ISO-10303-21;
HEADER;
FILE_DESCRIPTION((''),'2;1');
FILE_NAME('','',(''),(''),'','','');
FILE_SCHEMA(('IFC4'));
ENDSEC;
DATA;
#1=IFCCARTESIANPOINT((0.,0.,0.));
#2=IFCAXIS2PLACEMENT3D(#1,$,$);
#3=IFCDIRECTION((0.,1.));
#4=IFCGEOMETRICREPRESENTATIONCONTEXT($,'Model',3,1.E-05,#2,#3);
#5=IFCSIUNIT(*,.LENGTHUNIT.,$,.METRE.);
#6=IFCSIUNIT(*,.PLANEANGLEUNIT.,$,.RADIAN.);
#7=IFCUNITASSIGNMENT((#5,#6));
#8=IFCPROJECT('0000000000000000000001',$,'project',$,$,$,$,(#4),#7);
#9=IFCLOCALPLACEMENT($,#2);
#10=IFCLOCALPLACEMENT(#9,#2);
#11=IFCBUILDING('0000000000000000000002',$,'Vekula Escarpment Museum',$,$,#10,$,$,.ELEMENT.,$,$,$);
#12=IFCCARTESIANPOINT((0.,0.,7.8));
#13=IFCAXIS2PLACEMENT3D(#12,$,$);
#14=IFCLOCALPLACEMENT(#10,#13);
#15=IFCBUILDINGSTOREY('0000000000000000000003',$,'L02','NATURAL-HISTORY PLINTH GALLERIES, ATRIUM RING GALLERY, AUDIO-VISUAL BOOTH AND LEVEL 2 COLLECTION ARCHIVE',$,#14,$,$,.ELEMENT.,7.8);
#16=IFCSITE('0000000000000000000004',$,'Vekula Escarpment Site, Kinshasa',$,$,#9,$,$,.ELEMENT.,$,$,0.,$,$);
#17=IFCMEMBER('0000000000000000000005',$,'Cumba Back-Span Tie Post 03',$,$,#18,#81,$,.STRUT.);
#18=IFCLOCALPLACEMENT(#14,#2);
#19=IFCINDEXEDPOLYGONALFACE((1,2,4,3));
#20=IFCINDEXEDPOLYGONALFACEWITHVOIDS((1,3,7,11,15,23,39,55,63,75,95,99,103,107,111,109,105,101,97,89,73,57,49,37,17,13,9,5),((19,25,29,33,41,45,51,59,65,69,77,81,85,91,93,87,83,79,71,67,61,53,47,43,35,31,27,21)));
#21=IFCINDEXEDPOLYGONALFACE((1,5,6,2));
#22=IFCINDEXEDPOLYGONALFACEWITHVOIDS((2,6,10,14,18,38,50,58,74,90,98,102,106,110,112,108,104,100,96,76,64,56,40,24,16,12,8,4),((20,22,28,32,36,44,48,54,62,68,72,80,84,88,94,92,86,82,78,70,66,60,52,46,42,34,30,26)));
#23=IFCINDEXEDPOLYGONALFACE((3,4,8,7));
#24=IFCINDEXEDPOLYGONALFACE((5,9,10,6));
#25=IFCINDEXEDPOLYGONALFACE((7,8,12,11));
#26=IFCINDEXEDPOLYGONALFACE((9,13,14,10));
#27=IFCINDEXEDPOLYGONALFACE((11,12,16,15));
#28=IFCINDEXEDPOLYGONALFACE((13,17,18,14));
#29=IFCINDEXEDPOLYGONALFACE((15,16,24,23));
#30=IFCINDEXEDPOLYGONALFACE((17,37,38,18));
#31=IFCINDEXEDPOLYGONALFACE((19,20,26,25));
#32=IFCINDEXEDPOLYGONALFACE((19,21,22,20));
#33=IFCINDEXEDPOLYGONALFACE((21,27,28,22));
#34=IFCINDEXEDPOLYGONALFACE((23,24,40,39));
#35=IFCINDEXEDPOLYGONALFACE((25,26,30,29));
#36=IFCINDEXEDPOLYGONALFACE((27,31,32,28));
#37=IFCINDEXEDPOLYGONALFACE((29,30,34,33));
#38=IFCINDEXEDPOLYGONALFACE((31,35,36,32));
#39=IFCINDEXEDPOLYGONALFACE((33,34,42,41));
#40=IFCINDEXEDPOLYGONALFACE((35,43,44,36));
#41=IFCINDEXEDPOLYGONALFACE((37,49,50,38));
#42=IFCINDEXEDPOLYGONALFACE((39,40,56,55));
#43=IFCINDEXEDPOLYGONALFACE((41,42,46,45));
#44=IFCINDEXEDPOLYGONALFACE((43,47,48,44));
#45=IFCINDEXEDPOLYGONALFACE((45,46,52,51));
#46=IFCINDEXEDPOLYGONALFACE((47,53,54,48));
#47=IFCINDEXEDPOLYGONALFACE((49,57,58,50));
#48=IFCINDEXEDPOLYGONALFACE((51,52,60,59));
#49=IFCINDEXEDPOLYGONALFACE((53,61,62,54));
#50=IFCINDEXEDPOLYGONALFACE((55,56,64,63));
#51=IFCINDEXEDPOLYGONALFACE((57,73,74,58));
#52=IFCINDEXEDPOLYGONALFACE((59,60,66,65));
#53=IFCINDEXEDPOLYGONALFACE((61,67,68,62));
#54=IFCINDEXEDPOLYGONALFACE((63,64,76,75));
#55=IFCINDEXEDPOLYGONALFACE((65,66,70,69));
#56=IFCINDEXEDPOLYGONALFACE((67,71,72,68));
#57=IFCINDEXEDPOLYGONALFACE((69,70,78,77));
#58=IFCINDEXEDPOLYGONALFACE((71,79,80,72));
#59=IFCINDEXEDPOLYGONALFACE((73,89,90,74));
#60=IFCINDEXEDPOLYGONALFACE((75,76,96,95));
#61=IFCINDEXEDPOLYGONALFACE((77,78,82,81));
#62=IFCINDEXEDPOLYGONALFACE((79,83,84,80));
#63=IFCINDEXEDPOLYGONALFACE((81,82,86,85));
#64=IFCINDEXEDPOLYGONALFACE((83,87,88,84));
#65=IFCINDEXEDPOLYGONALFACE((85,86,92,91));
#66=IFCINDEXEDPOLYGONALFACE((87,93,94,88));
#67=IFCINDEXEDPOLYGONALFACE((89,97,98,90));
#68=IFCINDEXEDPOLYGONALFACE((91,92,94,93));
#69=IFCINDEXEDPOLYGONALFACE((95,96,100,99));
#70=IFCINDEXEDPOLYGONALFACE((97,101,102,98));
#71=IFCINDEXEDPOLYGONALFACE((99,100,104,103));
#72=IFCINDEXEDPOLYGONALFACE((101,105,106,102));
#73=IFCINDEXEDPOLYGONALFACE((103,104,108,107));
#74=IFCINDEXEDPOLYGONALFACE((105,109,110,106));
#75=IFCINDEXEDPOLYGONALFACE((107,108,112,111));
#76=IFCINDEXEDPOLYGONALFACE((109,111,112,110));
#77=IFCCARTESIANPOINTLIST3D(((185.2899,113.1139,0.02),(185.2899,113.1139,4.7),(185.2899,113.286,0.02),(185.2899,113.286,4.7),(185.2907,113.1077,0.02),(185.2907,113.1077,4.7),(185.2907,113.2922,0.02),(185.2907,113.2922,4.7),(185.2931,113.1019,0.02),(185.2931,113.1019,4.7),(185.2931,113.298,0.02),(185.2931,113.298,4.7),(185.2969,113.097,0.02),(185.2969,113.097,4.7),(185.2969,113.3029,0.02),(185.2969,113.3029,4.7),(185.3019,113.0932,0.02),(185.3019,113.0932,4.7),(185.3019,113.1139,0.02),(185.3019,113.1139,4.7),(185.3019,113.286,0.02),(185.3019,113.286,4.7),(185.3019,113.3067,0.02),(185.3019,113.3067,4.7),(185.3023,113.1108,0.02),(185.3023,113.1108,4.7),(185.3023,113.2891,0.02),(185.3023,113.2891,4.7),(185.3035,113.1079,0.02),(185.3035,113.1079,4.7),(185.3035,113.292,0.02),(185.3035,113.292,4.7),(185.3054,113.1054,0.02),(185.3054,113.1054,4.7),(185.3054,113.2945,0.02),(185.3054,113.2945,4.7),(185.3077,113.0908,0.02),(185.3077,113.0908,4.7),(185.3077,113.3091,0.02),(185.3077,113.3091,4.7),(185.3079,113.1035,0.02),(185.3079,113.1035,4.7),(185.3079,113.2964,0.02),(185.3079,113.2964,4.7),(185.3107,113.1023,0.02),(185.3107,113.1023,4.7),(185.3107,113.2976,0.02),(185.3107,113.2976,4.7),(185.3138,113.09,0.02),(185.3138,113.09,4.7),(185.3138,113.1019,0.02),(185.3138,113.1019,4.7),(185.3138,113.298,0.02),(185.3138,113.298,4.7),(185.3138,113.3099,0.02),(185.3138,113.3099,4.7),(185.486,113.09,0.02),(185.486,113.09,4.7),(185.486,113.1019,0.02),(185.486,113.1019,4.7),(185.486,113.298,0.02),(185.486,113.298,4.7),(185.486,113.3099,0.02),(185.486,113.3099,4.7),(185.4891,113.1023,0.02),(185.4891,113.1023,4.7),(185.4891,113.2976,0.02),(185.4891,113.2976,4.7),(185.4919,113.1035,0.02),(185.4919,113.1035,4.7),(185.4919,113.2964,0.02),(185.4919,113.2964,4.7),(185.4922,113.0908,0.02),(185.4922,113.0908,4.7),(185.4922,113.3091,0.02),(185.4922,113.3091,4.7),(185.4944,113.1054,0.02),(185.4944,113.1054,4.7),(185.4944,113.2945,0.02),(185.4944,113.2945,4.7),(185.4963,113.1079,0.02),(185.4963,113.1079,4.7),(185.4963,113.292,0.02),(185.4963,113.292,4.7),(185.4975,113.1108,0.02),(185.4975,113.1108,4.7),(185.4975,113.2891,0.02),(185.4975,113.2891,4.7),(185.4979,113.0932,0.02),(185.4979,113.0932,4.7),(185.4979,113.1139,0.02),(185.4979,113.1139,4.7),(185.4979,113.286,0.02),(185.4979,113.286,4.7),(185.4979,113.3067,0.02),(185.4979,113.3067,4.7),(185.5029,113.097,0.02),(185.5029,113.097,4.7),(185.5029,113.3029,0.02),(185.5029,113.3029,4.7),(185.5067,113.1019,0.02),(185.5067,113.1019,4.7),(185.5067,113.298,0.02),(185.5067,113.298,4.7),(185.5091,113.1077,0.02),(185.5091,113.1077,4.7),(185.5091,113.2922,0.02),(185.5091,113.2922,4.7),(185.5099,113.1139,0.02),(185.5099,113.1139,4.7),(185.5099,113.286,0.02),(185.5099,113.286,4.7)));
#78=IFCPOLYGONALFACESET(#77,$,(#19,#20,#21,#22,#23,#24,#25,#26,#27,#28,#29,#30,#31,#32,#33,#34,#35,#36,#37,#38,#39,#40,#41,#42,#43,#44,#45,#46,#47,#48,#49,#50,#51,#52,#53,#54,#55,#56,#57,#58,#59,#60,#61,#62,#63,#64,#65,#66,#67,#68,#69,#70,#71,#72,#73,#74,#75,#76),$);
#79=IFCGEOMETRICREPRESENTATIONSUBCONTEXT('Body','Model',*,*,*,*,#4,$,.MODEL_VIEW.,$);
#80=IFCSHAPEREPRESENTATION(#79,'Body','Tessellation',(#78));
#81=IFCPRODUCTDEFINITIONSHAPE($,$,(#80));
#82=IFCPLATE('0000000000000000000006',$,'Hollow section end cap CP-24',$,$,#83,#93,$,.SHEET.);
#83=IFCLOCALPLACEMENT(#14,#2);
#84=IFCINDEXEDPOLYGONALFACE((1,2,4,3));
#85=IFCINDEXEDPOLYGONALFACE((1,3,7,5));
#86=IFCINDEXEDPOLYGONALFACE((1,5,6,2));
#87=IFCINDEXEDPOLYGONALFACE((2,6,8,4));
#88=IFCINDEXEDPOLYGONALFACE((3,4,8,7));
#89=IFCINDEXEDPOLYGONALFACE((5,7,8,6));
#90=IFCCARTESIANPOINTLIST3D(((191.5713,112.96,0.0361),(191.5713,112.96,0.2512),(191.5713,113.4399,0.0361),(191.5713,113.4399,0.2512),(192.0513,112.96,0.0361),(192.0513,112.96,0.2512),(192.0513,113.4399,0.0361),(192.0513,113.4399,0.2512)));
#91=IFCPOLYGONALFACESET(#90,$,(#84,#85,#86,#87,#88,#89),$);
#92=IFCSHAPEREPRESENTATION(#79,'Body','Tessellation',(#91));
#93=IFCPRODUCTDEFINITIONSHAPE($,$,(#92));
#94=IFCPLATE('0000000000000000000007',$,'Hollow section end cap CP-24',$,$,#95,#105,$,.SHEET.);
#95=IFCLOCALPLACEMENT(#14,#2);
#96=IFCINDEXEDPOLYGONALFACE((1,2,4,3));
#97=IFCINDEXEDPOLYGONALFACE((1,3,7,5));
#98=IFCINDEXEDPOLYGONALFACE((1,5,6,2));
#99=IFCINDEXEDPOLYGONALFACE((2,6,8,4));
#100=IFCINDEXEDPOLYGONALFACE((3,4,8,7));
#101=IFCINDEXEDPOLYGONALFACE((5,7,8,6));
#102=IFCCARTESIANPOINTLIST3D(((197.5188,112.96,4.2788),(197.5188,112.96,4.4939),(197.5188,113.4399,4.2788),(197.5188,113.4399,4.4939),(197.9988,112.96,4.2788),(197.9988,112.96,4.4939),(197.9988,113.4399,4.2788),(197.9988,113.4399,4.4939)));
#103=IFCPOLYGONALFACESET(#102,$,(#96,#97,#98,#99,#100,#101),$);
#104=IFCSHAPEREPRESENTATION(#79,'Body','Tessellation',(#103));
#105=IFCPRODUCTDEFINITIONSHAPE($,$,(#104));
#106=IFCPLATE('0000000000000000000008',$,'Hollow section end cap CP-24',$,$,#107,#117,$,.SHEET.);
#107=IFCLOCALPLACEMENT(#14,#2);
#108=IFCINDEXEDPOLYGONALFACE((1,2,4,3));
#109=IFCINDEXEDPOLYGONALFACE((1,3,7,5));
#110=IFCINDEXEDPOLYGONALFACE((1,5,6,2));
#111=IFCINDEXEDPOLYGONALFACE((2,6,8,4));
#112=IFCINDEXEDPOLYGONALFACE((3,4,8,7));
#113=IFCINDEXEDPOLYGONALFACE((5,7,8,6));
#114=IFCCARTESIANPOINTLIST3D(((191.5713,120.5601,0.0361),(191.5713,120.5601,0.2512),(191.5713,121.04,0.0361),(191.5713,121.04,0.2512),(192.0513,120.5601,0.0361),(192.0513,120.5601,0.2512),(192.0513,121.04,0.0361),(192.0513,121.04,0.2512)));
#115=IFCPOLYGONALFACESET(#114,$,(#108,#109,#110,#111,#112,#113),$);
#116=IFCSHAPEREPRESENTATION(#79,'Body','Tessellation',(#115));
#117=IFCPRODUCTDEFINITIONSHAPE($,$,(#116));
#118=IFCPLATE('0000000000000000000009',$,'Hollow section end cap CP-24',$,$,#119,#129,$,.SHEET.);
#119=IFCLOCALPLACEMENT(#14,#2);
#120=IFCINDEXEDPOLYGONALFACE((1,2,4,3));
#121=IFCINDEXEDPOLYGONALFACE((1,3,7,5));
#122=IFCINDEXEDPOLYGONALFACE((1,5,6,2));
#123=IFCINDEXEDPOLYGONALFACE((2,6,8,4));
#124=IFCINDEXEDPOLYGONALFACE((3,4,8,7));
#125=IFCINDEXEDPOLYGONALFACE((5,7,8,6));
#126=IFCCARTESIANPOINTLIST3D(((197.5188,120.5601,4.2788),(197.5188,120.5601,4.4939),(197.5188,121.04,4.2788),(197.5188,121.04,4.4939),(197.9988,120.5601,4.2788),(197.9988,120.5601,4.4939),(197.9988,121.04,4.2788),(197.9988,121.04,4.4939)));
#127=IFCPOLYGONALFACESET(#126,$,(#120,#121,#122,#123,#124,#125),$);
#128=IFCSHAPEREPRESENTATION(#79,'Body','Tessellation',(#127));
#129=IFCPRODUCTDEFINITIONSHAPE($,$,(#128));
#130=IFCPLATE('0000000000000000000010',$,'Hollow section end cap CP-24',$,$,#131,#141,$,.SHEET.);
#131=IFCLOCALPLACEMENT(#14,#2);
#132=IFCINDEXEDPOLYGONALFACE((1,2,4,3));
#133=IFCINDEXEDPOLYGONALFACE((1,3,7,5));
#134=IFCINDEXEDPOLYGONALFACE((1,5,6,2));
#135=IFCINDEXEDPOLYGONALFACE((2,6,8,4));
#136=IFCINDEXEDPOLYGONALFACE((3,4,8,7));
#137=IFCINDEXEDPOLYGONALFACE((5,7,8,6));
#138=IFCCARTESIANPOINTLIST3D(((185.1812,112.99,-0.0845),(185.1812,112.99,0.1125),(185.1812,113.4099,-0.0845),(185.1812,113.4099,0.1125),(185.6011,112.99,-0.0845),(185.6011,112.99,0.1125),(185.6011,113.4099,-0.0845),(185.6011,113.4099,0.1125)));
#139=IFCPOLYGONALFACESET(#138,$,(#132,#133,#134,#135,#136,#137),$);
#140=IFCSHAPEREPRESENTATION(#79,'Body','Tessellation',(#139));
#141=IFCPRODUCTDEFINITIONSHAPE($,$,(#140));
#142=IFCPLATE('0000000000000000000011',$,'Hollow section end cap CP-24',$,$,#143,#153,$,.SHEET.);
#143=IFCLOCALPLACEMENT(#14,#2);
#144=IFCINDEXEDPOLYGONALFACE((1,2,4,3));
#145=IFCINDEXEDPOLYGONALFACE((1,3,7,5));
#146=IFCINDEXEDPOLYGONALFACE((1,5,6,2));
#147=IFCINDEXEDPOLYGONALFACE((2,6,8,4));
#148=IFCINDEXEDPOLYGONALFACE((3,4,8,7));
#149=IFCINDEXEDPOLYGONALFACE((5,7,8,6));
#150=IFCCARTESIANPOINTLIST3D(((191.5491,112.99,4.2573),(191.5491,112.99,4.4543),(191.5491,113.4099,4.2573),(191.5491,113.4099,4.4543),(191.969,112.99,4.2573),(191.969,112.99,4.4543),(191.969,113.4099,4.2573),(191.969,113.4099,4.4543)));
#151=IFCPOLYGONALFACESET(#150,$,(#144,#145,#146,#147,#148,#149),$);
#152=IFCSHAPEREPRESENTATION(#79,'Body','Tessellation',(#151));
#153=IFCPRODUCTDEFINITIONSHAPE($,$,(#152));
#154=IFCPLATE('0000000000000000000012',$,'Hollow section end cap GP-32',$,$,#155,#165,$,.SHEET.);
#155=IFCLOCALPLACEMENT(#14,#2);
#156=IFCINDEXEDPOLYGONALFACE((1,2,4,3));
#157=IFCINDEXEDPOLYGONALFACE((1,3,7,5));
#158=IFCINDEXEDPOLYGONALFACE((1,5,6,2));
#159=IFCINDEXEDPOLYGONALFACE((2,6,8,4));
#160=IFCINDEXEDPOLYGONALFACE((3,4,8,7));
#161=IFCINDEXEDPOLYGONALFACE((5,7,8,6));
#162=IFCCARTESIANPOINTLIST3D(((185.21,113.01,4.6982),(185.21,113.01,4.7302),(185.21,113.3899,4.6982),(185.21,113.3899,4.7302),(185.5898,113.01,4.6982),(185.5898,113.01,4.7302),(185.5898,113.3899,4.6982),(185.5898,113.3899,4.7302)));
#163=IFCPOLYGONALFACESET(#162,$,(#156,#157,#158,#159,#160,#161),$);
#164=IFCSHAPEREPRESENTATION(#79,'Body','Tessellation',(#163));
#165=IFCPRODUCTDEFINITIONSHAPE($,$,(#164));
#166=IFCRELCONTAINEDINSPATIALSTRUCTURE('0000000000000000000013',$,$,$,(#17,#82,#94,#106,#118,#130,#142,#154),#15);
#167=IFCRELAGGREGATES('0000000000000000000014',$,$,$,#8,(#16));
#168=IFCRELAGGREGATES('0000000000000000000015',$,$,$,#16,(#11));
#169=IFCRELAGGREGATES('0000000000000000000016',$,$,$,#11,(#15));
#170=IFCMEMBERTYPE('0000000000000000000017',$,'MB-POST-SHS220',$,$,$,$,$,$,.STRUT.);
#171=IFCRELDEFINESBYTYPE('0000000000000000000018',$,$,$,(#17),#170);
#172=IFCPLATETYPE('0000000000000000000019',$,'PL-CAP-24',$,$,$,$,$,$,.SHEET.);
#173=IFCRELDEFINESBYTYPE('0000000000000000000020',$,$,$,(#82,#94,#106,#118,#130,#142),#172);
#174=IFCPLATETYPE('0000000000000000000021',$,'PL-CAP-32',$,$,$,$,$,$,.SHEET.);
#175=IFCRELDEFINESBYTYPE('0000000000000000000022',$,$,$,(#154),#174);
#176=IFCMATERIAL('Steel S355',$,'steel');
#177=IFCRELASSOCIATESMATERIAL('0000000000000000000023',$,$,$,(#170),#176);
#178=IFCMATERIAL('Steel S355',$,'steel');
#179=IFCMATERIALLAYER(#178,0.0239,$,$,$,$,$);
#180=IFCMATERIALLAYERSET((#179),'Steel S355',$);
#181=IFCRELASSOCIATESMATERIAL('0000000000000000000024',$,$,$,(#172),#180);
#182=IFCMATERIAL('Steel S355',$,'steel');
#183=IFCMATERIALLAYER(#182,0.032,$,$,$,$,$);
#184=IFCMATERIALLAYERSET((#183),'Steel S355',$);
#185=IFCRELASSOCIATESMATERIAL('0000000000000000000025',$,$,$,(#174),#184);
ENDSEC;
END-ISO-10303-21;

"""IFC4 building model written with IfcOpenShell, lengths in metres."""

from ifc_helpers import new_model, si_unit, direction, frame, origin, origin_2d, place, context, subcontext, project, spatial, rectangle, hollow_rectangle, extrude, material, layer, layer_set, material_profile, profile_set, type_object, element, save


model = new_model("IFC4")

# Units and contexts
model_context = context("Model", 3, precision=1e-05, world=origin(), true_north=direction((0.0, 1.0)))
body_context = subcontext(model_context, "Body", "Model", "MODEL_VIEW")
ifc_project = project(units=[si_unit("LENGTHUNIT", "METRE"), si_unit("PLANEANGLEUNIT", "RADIAN")], contexts=[model_context])

# Site, building, storey
site_placement = place(None, origin())
site = spatial("IfcSite", under=ifc_project, at=site_placement, Name="Vekula Escarpment Site, Kinshasa", CompositionType="ELEMENT", RefElevation=0.0)
building_placement = place(site_placement, origin())
building = spatial("IfcBuilding", under=site, at=building_placement, Name="Vekula Escarpment Museum", CompositionType="ELEMENT")
storey_placement = place(building_placement, frame((0.0, 0.0, 7.8)))
storey = spatial("IfcBuildingStorey", under=building, at=storey_placement, Name="L02", Description="NATURAL-HISTORY PLINTH GALLERIES, ATRIUM RING GALLERY, AUDIO-VISUAL BOOTH AND LEVEL 2 COLLECTION ARCHIVE", CompositionType="ELEMENT", Elevation=7.8)

# Member
ifc_material_1 = material(Name="Steel S355", Category="steel")
ifc_material_profile_1 = material_profile(ifc_material_1, hollow_rectangle(XDim=0.22, YDim=0.22, WallThickness=0.012, InnerFilletRadius=0.012, OuterFilletRadius=0.0239, at=origin_2d()), Name="SHS 220x220x12")
ifc_profile_set_1 = profile_set([ifc_material_profile_1], Name="Steel S355")
member_type_1 = type_object("IfcMemberType", Name="MB-POST-SHS220", PredefinedType="STRUT", material=ifc_profile_set_1)
member_1_placement = place(storey_placement, frame((185.3999, 113.2, 0.02), z_axis=(0.0, 0.0, 1.0), x_axis=(1.0, 0.0, 0.0)))
element("IfcMember", 1, at=member_1_placement, inside=storey, type_object=member_type_1, Name="Cumba Back-Span Tie Post 03", PredefinedType="STRUT", context=body_context, shape_type="SweptSolid", body=[
    extrude(hollow_rectangle(XDim=0.22, YDim=0.22, WallThickness=0.012, InnerFilletRadius=0.012, OuterFilletRadius=0.0239, at=origin_2d()), origin(), (0.0, 0.0, 1.0), 4.6799),
])

# Plates
ifc_material_2 = material(Name="Steel S355", Category="steel")
ifc_layer_1 = layer(ifc_material_2, 0.0239)
ifc_layer_set_1 = layer_set([ifc_layer_1], Name="Steel S355")
plate_type_1 = type_object("IfcPlateType", Name="PL-CAP-24", PredefinedType="SHEET", material=ifc_layer_set_1)
for number, where, z_axis, x_axis, name in (
    (2, (191.8113, 113.2, 0.0361), (0.0, 0.0, 1.0), (1.0, 0.0, 0.0), "Hollow section end cap CP-24"),
    (3, (197.7588, 113.2, 4.2788), (0.0, 0.0, 1.0), (1.0, 0.0, 0.0), "Hollow section end cap CP-24"),
    (4, (191.8113, 120.8, 0.0361), (0.0, 0.0, 1.0), (1.0, 0.0, 0.0), "Hollow section end cap CP-24"),
    (5, (197.7588, 120.8, 4.2788), (0.0, 0.0, 1.0), (1.0, 0.0, 0.0), "Hollow section end cap CP-24"),
):
    element("IfcPlate", number, at=place(storey_placement, frame(where, z_axis=z_axis, x_axis=x_axis)), inside=storey, type_object=plate_type_1, Name=name, PredefinedType="SHEET", context=body_context, shape_type="SweptSolid", body=[
        extrude(rectangle(XDim=0.48, YDim=0.48, at=origin_2d()), origin(), (0.0, 0.0, 1.0), 0.2151),
    ])
for number, where, z_axis, x_axis, name in (
    (6, (185.3911, 113.2, -0.0845), (0.0, 0.0, 1.0), (1.0, 0.0, 0.0), "Hollow section end cap CP-24"),
    (7, (191.759, 113.2, 4.2573), (0.0, 0.0, 1.0), (1.0, 0.0, 0.0), "Hollow section end cap CP-24"),
):
    element("IfcPlate", number, at=place(storey_placement, frame(where, z_axis=z_axis, x_axis=x_axis)), inside=storey, type_object=plate_type_1, Name=name, PredefinedType="SHEET", context=body_context, shape_type="SweptSolid", body=[
        extrude(rectangle(XDim=0.4199, YDim=0.4199, at=origin_2d()), origin(), (0.0, 0.0, 1.0), 0.197),
    ])
ifc_material_3 = material(Name="Steel S355", Category="steel")
ifc_layer_2 = layer(ifc_material_3, 0.032)
ifc_layer_set_2 = layer_set([ifc_layer_2], Name="Steel S355")
plate_type_2 = type_object("IfcPlateType", Name="PL-CAP-32", PredefinedType="SHEET", material=ifc_layer_set_2)
plate_placement = place(storey_placement, frame((185.3999, 113.2, 4.6982), z_axis=(0.0, 0.0, 1.0), x_axis=(1.0, 0.0, 0.0)))
element("IfcPlate", 8, at=plate_placement, inside=storey, type_object=plate_type_2, Name="Hollow section end cap GP-32", PredefinedType="SHEET", context=body_context, shape_type="SweptSolid", body=[
    extrude(rectangle(XDim=0.3799, YDim=0.3799, at=origin_2d()), origin(), (0.0, 0.0, 1.0), 0.032),
])

save(model, "model.ifc")
